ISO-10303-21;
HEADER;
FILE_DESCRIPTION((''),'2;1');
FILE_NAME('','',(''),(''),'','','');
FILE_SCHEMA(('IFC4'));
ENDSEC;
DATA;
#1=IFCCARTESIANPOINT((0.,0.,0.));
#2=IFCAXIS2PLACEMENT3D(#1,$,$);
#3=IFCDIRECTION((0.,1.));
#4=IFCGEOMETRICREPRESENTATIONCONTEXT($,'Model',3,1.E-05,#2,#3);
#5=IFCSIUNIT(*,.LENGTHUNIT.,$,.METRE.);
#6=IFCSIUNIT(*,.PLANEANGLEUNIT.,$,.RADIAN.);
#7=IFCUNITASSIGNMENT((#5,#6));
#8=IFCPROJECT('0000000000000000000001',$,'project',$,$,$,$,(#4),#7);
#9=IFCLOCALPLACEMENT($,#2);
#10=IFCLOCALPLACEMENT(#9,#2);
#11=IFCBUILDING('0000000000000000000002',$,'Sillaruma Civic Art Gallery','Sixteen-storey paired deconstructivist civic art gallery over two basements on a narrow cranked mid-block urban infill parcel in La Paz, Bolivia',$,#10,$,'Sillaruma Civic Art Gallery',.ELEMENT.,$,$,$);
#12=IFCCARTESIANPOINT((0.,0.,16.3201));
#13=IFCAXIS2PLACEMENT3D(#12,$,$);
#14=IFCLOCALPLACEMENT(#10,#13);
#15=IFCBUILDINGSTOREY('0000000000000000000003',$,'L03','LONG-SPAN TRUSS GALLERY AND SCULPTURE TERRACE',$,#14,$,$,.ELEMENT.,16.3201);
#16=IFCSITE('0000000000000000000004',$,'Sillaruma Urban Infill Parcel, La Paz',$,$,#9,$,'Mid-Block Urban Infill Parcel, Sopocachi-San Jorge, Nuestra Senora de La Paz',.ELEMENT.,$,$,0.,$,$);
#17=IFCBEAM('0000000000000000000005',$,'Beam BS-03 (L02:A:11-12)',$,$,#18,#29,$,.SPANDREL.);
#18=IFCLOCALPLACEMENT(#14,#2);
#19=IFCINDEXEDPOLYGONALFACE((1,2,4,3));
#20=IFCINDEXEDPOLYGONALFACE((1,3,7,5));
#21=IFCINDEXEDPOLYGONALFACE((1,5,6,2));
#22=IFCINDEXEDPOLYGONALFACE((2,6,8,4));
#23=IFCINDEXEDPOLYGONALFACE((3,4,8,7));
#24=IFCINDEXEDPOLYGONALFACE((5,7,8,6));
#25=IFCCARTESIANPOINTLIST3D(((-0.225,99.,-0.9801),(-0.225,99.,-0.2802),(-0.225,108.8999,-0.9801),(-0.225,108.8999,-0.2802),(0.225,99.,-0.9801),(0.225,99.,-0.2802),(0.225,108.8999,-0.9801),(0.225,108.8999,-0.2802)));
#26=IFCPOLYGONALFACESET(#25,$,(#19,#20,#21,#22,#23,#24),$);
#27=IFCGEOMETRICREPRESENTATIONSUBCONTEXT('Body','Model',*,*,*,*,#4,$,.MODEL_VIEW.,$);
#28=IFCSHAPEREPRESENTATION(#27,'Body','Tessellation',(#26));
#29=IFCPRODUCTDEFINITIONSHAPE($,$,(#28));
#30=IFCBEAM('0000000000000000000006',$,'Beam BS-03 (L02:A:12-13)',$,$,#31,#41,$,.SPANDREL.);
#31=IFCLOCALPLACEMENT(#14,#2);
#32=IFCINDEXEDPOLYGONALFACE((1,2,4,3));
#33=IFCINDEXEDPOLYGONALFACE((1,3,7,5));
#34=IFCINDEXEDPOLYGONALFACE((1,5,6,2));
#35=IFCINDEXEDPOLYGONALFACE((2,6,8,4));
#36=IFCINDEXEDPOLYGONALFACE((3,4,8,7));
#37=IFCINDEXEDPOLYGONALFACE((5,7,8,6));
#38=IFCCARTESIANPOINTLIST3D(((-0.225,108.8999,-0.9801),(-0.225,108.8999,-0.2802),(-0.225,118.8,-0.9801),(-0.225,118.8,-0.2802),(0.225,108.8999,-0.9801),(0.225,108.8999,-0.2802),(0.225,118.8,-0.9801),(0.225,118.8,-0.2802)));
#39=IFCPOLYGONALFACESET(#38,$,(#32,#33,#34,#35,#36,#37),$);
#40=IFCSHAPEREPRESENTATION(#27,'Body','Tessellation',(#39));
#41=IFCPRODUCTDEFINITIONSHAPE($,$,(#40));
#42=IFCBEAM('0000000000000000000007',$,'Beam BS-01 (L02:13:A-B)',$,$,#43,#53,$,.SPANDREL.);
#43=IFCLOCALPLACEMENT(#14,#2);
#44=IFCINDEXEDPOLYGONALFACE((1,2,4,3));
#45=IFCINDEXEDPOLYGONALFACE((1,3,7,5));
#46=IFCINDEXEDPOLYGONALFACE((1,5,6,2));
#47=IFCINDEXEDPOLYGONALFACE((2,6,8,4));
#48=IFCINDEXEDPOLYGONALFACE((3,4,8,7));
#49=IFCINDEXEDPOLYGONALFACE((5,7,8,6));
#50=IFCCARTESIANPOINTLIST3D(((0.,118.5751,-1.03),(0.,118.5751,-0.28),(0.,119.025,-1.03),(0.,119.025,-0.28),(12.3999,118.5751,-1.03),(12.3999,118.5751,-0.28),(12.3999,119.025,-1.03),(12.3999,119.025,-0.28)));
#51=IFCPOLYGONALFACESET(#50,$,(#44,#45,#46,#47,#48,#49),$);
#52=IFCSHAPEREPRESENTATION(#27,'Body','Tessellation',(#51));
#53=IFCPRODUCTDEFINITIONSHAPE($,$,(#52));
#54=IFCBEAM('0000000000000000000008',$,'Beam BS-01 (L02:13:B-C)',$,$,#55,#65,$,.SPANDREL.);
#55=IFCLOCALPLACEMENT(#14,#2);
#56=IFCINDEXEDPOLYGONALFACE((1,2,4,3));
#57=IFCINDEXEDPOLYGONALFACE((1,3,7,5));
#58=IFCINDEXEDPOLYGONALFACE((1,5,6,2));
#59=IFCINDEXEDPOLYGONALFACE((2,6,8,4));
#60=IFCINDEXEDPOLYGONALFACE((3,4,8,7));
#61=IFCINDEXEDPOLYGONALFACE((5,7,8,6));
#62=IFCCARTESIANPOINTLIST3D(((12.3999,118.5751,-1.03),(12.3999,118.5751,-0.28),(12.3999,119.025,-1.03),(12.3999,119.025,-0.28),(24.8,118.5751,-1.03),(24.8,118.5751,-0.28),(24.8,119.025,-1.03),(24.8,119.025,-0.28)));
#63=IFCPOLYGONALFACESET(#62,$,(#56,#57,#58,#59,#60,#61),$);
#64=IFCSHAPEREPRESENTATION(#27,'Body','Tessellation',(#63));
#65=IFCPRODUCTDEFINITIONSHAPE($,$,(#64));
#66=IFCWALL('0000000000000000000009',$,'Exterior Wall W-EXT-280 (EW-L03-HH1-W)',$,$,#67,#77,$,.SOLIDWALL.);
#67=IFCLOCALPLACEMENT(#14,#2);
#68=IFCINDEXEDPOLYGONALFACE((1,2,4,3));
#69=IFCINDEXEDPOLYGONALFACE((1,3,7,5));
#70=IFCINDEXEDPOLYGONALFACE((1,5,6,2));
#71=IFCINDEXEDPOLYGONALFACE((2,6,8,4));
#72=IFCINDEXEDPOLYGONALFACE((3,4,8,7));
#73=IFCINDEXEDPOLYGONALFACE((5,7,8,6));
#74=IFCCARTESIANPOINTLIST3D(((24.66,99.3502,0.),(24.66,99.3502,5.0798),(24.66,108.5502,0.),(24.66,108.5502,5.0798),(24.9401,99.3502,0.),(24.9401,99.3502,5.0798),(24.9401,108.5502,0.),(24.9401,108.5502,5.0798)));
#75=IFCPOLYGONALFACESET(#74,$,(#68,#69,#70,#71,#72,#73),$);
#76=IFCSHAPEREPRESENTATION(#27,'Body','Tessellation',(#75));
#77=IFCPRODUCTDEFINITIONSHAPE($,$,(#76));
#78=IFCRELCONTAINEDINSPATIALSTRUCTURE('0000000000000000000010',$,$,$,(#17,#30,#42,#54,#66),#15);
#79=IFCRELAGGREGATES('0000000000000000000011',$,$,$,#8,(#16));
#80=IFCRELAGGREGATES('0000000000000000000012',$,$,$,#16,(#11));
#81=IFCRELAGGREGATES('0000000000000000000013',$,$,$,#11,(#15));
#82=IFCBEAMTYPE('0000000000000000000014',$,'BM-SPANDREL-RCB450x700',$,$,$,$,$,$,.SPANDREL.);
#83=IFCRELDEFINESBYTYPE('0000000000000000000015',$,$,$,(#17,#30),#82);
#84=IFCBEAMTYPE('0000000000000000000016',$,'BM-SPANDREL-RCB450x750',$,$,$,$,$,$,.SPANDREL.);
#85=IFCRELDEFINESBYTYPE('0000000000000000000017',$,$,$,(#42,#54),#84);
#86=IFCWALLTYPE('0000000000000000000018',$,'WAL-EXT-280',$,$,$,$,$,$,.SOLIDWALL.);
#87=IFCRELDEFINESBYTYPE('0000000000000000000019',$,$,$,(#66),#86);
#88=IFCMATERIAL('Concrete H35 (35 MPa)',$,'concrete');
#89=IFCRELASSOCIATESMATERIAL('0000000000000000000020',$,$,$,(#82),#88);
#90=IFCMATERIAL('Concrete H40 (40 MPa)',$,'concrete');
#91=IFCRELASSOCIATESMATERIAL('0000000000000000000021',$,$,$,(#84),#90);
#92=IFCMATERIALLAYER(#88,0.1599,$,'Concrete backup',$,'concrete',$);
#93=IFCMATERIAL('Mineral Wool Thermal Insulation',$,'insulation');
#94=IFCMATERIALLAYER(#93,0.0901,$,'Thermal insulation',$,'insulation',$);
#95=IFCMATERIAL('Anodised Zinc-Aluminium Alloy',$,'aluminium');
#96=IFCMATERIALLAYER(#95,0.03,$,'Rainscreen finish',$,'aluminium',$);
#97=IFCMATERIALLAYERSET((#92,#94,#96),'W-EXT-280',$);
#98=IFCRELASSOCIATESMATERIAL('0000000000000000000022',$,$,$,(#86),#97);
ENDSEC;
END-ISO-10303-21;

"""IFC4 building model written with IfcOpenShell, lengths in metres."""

from ifc_helpers import new_model, si_unit, direction, frame, frame_2d, origin, origin_2d, place, context, subcontext, project, spatial, rectangle, extrude, material, layer, layer_set, material_profile, profile_set, type_object, element, save


model = new_model("IFC4")

# Units and contexts
model_context = context("Model", 3, precision=1e-05, world=origin(), true_north=direction((0.0, 1.0)))
body_context = subcontext(model_context, "Body", "Model", "MODEL_VIEW")
ifc_project = project(units=[si_unit("LENGTHUNIT", "METRE"), si_unit("PLANEANGLEUNIT", "RADIAN")], contexts=[model_context])

# Site, building, storey
site_placement = place(None, origin())
site = spatial("IfcSite", under=ifc_project, at=site_placement, Name="Sillaruma Urban Infill Parcel, La Paz", LongName="Mid-Block Urban Infill Parcel, Sopocachi-San Jorge, Nuestra Senora de La Paz", CompositionType="ELEMENT", RefElevation=0.0)
building_placement = place(site_placement, origin())
building = spatial("IfcBuilding", under=site, at=building_placement, Name="Sillaruma Civic Art Gallery", Description="Sixteen-storey paired deconstructivist civic art gallery over two basements on a narrow cranked mid-block urban infill parcel in La Paz, Bolivia", LongName="Sillaruma Civic Art Gallery", CompositionType="ELEMENT")
storey_placement = place(building_placement, frame((0.0, 0.0, 16.3201)))
storey = spatial("IfcBuildingStorey", under=building, at=storey_placement, Name="L03", Description="LONG-SPAN TRUSS GALLERY AND SCULPTURE TERRACE", CompositionType="ELEMENT", Elevation=16.3201)

# Shared definitions
ifc_material_1 = material(Name="Concrete H40 (40 MPa)", Category="concrete")

# Beams
ifc_material_2 = material(Name="Concrete H35 (35 MPa)", Category="concrete")
ifc_material_profile_1 = material_profile(ifc_material_2, rectangle(XDim=0.45, YDim=0.7, at=origin_2d()), Name="RCB450x700")
ifc_profile_set_1 = profile_set([ifc_material_profile_1], Name="Concrete H35 (35 MPa)")
beam_type_1 = type_object("IfcBeamType", Name="BM-SPANDREL-RCB450x700", PredefinedType="SPANDREL", material=ifc_profile_set_1)
for number, where, z_axis, x_axis, name in (
    (1, (0.0, 99.0, -0.6301), (0.0, 1.0, 0.0), (-1.0, 0.0, 0.0), "Beam BS-03 (L02:A:11-12)"),
):
    element("IfcBeam", number, at=place(storey_placement, frame(where, z_axis=z_axis, x_axis=x_axis)), inside=storey, type_object=beam_type_1, Name=name, PredefinedType="SPANDREL", context=body_context, shape_type="SweptSolid", body=[
        extrude(rectangle(XDim=0.45, YDim=0.7, at=origin_2d()), origin(), (0.0, 0.0, 1.0), 9.8999),
    ])
beam_1_placement = place(storey_placement, frame((0.0, 108.8999, -0.6301), z_axis=(0.0, 1.0, 0.0), x_axis=(-1.0, 0.0, 0.0)))
element("IfcBeam", 2, at=beam_1_placement, inside=storey, type_object=beam_type_1, Name="Beam BS-03 (L02:A:12-13)", PredefinedType="SPANDREL", context=body_context, shape_type="SweptSolid", body=[
    extrude(rectangle(XDim=0.45, YDim=0.7, at=origin_2d()), origin(), (0.0, 0.0, 1.0), 9.9001),
])
ifc_material_profile_2 = material_profile(ifc_material_1, rectangle(XDim=0.45, YDim=0.75, at=origin_2d()), Name="RCB450x750")
ifc_profile_set_2 = profile_set([ifc_material_profile_2], Name="Concrete H40 (40 MPa)")
beam_type_2 = type_object("IfcBeamType", Name="BM-SPANDREL-RCB450x750", PredefinedType="SPANDREL", material=ifc_profile_set_2)
beam_2_placement = place(storey_placement, frame((0.0, 118.8, -0.655), z_axis=(1.0, 0.0, 0.0), x_axis=(0.0, 1.0, 0.0)))
element("IfcBeam", 3, at=beam_2_placement, inside=storey, type_object=beam_type_2, Name="Beam BS-01 (L02:13:A-B)", PredefinedType="SPANDREL", context=body_context, shape_type="SweptSolid", body=[
    extrude(rectangle(XDim=0.45, YDim=0.75, at=origin_2d()), origin(), (0.0, 0.0, 1.0), 12.3999),
])
beam_3_placement = place(storey_placement, frame((12.3999, 118.8, -0.655), z_axis=(1.0, 0.0, 0.0), x_axis=(0.0, 1.0, 0.0)))
element("IfcBeam", 4, at=beam_3_placement, inside=storey, type_object=beam_type_2, Name="Beam BS-01 (L02:13:B-C)", PredefinedType="SPANDREL", context=body_context, shape_type="SweptSolid", body=[
    extrude(rectangle(XDim=0.45, YDim=0.75, at=origin_2d()), origin(), (0.0, 0.0, 1.0), 12.4001),
])

# Wall
ifc_layer_1 = layer(ifc_material_2, 0.1599, Name="Concrete backup", Category="concrete")
ifc_material_3 = material(Name="Mineral Wool Thermal Insulation", Category="insulation")
ifc_layer_2 = layer(ifc_material_3, 0.0901, Name="Thermal insulation", Category="insulation")
ifc_material_4 = material(Name="Anodised Zinc-Aluminium Alloy", Category="aluminium")
ifc_layer_3 = layer(ifc_material_4, 0.03, Name="Rainscreen finish", Category="aluminium")
ifc_layer_set = layer_set([ifc_layer_1, ifc_layer_2, ifc_layer_3], Name="W-EXT-280")
wall_type = type_object("IfcWallType", Name="WAL-EXT-280", PredefinedType="SOLIDWALL", material=ifc_layer_set)
wall_placement = place(storey_placement, frame((24.8, 99.3501, 0.0), z_axis=(0.0, 0.0, 1.0), x_axis=(0.0, 1.0, 0.0)))
element("IfcWall", 5, at=wall_placement, inside=storey, type_object=wall_type, Name="Exterior Wall W-EXT-280 (EW-L03-HH1-W)", PredefinedType="SOLIDWALL", context=body_context, shape_type="SweptSolid", body=[
    extrude(rectangle(XDim=9.2, YDim=0.28, at=frame_2d((4.6001, 0.0))), origin(), (0.0, 0.0, 1.0), 5.0798),
])

save(model, "model.ifc")
